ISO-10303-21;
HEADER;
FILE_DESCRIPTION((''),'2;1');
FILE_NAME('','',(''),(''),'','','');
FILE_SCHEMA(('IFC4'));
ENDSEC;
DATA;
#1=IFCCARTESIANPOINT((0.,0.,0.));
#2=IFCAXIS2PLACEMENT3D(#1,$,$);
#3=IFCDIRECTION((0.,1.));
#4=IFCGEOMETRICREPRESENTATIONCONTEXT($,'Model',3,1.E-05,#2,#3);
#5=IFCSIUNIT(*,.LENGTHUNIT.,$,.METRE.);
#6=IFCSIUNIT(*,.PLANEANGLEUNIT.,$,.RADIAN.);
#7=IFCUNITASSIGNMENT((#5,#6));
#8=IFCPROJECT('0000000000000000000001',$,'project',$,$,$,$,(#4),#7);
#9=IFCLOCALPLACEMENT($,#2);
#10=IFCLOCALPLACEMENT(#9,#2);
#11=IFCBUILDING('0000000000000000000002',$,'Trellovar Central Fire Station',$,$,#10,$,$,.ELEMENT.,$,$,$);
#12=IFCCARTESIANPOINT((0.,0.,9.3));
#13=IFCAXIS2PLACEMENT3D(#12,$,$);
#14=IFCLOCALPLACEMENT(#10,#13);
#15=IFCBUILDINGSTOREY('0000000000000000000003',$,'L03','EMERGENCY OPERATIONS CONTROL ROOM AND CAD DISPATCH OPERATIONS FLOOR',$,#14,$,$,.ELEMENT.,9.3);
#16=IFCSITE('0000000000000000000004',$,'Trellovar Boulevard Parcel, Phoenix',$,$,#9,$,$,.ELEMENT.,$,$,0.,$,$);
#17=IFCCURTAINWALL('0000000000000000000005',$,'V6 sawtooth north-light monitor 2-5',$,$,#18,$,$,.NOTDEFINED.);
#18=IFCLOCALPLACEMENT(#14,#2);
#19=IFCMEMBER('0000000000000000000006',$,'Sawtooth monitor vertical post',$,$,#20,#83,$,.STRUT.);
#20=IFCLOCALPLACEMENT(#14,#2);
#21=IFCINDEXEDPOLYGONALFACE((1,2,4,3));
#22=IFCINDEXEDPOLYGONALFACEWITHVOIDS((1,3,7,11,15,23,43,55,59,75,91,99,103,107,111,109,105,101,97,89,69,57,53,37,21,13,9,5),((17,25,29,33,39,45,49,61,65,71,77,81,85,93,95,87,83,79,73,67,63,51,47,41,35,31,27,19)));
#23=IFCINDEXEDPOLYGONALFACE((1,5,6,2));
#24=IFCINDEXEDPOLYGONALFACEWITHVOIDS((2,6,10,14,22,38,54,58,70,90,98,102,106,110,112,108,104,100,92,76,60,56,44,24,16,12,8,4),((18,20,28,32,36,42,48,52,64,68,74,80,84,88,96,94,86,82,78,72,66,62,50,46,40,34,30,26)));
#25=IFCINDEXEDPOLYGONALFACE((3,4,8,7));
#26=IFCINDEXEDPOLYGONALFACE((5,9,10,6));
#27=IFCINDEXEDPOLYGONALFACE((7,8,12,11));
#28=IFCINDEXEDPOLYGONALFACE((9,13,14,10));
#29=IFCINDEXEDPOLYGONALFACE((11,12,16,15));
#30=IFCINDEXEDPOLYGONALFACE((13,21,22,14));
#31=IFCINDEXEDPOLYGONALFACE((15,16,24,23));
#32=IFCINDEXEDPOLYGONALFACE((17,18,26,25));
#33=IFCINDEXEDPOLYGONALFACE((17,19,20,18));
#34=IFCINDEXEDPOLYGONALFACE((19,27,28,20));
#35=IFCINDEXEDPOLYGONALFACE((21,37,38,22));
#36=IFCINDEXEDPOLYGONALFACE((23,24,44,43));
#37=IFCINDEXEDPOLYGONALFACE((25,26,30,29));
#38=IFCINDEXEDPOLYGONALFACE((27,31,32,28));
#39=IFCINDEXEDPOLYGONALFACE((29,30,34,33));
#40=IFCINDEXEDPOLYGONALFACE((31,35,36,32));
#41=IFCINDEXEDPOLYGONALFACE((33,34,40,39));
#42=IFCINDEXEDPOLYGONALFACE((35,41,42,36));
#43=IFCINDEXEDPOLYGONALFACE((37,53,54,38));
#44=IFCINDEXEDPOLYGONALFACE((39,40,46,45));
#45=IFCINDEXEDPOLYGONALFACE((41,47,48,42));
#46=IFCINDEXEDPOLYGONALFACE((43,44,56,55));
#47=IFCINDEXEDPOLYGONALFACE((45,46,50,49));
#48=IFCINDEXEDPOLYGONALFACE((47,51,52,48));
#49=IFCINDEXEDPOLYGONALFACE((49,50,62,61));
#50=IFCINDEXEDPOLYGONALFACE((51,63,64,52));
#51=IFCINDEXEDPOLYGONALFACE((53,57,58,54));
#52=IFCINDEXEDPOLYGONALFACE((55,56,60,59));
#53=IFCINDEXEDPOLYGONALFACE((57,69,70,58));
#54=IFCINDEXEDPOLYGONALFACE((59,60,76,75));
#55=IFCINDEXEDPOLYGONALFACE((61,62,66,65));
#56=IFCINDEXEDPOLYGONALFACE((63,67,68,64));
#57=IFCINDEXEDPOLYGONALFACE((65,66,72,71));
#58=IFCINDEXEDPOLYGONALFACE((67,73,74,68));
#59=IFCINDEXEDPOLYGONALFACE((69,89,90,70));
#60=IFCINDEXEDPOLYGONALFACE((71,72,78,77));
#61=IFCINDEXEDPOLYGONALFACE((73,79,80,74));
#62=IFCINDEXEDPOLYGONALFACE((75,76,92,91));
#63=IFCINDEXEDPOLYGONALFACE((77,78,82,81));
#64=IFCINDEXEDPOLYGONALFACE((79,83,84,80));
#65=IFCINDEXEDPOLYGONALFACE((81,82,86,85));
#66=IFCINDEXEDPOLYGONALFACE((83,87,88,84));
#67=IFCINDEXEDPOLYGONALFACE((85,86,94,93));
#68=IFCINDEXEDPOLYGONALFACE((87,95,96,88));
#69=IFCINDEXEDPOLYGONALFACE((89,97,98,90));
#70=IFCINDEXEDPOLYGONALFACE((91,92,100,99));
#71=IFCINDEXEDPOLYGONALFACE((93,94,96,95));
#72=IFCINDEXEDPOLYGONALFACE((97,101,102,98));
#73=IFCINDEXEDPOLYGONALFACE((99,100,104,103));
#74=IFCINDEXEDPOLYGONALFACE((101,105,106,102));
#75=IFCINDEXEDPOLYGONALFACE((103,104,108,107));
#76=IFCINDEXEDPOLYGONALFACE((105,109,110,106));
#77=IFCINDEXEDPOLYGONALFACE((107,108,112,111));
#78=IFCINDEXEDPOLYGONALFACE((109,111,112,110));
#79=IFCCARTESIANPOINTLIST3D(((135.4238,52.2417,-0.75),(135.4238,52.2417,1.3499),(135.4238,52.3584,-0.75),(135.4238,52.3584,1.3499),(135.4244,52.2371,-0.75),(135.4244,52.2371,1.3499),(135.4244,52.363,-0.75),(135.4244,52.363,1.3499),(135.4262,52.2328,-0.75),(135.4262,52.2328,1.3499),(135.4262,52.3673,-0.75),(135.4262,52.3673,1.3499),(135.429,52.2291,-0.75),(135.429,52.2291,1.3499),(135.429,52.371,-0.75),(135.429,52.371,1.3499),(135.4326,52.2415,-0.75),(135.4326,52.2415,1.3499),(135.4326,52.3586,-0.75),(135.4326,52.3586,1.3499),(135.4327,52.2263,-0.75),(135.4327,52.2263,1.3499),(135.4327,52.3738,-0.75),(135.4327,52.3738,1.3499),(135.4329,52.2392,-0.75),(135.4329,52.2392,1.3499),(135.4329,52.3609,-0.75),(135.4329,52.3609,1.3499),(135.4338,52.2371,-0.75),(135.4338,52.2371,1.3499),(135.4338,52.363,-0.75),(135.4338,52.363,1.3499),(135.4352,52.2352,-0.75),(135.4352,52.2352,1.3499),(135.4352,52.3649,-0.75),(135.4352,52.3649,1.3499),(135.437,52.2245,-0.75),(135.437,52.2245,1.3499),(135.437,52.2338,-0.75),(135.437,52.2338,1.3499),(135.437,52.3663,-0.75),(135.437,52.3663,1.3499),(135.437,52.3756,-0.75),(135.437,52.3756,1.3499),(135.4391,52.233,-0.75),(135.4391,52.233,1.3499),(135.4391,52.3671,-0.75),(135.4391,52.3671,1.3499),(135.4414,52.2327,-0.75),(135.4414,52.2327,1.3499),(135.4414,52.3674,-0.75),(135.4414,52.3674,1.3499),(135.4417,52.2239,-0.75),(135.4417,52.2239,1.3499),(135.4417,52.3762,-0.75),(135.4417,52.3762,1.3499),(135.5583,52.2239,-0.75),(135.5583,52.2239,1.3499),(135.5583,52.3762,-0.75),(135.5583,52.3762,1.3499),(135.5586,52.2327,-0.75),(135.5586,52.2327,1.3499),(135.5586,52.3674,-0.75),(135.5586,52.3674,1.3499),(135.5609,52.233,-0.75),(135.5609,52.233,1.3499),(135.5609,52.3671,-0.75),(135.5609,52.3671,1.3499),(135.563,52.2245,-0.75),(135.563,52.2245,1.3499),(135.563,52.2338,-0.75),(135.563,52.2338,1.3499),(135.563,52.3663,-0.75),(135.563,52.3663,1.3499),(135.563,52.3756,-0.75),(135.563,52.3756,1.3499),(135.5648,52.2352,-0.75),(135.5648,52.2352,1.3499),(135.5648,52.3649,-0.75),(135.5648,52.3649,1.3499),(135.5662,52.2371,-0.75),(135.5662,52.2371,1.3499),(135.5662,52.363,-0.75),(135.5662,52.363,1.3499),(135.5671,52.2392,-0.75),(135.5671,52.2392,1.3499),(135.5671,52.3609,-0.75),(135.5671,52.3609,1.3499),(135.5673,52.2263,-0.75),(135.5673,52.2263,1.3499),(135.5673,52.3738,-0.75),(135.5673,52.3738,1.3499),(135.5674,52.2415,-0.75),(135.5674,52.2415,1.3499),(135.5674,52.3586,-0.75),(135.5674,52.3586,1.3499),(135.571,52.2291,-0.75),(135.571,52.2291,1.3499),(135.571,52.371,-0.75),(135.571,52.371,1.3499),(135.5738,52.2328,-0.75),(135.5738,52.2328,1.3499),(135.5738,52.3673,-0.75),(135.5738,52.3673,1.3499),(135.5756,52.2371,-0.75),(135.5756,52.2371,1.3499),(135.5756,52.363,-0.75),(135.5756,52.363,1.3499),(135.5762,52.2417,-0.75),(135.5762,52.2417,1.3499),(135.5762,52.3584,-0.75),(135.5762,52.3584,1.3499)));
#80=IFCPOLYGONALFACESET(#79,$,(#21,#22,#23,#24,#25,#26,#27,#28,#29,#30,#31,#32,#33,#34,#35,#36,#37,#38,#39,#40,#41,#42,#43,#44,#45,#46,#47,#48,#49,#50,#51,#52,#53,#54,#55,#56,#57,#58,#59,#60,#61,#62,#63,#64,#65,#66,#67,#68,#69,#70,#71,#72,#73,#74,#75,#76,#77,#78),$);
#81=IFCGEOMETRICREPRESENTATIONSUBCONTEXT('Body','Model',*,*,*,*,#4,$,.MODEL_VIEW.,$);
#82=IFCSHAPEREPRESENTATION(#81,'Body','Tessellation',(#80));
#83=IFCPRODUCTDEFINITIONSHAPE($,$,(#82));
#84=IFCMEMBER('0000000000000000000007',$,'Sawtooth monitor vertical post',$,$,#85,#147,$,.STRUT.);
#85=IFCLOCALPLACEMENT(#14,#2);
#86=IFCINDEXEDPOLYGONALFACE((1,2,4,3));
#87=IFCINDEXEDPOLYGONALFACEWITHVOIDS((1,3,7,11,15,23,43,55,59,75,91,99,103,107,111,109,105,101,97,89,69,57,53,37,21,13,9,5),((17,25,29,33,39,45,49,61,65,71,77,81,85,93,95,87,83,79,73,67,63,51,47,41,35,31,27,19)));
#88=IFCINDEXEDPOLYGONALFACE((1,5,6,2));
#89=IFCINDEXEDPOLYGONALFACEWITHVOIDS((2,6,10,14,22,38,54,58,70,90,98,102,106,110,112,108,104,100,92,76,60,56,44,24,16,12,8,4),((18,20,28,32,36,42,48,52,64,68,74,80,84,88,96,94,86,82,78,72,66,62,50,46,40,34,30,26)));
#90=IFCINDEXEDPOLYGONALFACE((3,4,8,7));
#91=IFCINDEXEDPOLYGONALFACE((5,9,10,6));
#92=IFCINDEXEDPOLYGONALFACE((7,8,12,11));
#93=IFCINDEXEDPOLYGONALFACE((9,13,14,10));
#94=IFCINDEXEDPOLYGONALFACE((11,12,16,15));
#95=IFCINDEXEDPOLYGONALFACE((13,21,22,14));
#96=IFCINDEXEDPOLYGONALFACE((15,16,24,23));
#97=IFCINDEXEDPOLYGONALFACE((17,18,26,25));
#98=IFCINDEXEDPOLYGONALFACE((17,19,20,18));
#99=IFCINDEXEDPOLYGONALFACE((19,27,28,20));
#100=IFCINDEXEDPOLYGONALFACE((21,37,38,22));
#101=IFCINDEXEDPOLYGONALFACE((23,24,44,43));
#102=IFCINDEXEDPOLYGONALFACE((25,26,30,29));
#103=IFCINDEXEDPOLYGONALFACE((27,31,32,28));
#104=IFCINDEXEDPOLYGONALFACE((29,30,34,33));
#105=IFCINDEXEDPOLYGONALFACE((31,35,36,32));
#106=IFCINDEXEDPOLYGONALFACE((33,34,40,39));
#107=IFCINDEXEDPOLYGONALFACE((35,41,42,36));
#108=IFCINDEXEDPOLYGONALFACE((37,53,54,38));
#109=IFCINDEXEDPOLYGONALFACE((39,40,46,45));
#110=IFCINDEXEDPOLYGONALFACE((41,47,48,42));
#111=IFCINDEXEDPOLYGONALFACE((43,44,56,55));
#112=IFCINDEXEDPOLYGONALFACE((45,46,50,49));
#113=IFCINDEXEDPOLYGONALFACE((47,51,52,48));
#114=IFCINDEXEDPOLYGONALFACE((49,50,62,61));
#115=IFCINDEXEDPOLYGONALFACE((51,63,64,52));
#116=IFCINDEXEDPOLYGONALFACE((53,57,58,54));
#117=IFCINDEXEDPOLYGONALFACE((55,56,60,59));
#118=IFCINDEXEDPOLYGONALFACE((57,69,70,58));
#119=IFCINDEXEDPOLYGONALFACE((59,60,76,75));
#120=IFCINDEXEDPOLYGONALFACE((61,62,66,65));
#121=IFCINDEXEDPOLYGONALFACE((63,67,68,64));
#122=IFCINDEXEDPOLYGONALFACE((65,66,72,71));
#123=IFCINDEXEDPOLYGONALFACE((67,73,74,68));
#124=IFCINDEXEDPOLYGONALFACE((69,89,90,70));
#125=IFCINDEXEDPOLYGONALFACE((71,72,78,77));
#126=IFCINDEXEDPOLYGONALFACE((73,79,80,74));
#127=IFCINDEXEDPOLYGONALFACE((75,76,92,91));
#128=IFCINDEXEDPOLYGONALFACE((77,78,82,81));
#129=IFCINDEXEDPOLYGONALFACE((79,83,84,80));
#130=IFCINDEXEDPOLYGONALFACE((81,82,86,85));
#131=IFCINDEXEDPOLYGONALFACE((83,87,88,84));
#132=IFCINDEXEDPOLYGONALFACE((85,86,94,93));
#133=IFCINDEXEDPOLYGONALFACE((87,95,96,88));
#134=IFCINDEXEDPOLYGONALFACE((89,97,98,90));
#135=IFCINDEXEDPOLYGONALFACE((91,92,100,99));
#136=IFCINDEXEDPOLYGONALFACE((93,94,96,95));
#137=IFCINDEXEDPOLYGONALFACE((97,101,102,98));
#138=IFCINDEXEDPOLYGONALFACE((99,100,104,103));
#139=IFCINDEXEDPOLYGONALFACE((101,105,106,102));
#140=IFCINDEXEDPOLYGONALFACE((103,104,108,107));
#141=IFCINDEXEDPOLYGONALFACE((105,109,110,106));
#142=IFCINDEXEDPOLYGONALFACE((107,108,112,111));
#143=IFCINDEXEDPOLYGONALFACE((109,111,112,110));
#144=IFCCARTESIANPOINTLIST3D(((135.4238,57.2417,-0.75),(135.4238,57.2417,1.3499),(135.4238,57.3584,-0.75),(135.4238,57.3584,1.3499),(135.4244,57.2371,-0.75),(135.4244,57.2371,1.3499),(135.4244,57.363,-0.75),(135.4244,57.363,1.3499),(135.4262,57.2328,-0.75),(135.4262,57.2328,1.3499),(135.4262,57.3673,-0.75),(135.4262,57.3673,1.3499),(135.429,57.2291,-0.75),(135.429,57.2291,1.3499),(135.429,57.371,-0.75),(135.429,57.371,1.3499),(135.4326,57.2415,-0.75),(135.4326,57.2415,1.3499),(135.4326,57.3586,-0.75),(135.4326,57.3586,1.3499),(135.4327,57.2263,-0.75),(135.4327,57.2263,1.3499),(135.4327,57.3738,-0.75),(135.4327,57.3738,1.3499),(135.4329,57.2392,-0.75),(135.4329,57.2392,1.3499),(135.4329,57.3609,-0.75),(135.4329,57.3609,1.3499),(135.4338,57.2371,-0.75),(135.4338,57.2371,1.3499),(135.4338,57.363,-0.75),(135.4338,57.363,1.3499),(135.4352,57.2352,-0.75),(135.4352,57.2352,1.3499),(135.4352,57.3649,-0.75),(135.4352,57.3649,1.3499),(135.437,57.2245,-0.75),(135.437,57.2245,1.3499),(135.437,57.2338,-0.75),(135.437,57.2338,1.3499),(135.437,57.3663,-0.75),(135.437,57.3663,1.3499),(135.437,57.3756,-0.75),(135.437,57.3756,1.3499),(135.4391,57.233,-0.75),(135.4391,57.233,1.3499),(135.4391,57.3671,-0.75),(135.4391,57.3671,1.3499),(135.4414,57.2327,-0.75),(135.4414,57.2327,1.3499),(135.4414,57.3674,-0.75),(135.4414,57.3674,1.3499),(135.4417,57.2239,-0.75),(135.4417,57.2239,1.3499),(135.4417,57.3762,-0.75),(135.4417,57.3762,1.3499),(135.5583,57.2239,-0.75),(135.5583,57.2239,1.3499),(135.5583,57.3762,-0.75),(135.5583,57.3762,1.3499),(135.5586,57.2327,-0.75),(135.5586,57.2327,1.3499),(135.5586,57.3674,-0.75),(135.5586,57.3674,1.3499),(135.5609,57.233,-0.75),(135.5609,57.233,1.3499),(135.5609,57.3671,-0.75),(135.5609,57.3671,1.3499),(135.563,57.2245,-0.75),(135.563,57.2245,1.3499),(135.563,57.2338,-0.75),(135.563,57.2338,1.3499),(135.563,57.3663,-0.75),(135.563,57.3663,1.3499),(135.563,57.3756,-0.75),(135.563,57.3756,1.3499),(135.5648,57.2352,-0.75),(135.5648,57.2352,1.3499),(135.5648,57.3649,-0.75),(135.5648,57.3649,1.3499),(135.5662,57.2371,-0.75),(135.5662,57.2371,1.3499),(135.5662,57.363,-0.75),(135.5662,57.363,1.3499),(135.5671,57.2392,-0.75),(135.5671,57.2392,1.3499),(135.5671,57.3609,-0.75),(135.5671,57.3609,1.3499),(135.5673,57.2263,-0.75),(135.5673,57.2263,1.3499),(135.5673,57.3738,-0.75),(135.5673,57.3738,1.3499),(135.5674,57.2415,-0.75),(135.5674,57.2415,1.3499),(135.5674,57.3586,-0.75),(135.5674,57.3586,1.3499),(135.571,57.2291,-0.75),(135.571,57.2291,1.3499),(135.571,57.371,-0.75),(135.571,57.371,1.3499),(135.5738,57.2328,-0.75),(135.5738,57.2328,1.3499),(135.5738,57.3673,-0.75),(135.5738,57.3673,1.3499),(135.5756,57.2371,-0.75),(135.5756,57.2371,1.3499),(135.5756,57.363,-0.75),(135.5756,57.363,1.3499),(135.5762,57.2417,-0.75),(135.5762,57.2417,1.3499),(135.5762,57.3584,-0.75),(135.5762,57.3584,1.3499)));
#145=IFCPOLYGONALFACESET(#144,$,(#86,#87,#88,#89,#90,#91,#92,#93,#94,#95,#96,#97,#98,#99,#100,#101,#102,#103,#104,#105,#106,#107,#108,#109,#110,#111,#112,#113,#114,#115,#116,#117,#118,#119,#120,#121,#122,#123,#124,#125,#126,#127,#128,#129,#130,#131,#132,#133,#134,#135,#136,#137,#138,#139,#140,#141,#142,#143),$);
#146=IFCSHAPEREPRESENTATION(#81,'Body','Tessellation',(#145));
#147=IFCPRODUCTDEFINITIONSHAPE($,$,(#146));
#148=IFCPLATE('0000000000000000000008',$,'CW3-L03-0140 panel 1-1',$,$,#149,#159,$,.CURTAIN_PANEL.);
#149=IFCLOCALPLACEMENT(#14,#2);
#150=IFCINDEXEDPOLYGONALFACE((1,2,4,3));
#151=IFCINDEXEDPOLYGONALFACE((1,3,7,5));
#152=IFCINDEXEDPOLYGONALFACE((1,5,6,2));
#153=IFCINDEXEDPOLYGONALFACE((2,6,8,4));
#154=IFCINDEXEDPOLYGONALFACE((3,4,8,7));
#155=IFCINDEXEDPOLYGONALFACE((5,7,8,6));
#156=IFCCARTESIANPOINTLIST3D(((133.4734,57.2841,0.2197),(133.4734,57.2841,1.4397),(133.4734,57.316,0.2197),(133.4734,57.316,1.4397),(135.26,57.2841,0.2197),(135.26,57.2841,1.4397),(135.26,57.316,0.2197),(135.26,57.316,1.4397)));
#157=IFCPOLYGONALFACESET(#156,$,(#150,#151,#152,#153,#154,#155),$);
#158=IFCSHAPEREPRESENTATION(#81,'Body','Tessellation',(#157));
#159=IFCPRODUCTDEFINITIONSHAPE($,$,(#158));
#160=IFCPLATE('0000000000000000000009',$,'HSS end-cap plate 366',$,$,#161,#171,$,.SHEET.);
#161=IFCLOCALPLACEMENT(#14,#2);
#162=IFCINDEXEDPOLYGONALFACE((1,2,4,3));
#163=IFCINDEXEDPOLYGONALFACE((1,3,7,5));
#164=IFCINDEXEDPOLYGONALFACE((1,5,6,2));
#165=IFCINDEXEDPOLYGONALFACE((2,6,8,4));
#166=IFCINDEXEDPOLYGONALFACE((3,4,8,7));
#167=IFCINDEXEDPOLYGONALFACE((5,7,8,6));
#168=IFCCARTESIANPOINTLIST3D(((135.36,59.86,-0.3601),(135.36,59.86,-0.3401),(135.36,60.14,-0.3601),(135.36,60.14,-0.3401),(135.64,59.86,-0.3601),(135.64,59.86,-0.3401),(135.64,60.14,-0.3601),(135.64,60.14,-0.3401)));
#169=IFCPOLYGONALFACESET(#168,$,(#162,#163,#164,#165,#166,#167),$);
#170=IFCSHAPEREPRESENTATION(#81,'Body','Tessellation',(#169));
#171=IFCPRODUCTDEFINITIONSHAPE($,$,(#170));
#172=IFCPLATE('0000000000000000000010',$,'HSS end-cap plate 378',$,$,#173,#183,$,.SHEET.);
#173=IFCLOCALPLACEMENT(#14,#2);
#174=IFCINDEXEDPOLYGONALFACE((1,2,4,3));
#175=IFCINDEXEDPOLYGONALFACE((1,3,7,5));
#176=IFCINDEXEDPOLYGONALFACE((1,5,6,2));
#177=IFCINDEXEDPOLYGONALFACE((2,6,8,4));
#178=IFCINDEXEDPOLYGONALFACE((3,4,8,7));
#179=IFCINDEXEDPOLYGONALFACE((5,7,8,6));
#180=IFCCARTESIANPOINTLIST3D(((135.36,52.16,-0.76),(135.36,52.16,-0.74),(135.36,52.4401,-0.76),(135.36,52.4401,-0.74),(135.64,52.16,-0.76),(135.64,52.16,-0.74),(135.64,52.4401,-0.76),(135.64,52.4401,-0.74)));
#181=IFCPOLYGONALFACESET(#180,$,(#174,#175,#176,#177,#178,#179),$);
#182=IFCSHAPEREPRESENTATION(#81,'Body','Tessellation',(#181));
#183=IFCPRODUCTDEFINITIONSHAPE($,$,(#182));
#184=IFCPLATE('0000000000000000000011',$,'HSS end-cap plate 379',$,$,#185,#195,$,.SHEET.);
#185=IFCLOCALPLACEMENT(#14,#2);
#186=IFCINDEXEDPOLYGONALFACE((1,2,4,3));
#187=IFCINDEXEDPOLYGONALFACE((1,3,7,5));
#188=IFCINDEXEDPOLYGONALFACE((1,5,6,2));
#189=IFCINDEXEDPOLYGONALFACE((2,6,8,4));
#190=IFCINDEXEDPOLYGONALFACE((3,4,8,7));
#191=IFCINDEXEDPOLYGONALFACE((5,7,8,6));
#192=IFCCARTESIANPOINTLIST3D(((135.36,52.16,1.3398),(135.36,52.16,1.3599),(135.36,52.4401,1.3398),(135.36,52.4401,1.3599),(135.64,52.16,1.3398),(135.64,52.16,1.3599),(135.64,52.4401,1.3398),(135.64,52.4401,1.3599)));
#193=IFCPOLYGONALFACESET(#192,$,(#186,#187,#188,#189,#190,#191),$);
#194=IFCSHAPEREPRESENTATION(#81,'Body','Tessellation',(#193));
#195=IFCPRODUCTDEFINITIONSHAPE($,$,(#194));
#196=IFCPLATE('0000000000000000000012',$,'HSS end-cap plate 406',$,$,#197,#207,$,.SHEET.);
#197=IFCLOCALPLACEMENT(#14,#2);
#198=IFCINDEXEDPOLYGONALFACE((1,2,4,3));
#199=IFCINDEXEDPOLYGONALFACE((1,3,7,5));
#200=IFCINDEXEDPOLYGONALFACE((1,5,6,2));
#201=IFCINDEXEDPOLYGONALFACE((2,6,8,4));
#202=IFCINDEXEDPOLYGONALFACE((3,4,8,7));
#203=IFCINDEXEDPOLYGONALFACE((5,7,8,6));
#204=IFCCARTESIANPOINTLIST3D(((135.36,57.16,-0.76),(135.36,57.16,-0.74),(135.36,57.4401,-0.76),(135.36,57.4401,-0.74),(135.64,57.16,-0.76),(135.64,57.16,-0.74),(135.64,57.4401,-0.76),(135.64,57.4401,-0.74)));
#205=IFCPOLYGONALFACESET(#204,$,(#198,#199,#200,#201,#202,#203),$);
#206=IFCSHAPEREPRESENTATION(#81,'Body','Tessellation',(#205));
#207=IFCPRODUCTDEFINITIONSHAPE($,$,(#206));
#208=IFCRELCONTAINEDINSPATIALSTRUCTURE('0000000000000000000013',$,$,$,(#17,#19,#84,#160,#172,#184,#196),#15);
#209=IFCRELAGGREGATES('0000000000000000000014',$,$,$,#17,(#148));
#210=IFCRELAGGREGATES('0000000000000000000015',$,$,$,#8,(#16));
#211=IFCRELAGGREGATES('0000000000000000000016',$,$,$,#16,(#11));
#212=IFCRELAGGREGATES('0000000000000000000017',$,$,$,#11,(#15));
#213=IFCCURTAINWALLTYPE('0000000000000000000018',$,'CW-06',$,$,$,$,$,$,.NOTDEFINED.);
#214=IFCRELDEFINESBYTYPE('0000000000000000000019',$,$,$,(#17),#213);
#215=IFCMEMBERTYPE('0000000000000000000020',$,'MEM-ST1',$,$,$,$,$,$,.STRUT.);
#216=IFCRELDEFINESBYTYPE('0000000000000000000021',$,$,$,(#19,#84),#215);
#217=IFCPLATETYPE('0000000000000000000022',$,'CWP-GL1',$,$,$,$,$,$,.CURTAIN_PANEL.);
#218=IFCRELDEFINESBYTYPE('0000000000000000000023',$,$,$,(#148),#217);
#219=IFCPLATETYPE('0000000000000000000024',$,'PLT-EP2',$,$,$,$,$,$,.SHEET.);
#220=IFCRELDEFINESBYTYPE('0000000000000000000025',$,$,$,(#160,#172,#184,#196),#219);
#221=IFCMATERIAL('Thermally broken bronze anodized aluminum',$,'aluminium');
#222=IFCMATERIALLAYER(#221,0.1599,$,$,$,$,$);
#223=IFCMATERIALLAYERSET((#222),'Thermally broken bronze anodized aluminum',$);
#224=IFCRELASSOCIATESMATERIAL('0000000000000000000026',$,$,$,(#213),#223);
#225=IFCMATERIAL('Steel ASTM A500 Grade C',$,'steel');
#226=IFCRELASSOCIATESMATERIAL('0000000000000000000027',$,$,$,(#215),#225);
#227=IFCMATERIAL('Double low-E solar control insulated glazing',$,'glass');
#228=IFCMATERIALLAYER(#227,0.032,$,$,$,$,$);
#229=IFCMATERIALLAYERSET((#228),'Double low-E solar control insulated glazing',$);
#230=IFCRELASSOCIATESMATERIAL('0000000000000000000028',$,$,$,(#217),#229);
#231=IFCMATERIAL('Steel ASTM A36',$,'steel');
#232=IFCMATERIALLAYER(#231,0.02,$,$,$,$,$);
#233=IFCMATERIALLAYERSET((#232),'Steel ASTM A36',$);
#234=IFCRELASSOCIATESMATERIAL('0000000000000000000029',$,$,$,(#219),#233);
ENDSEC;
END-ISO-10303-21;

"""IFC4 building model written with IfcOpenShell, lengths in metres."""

from ifc_helpers import new_model, si_unit, direction, frame, origin, origin_2d, place, context, subcontext, project, spatial, rectangle, hollow_rectangle, extrude, material, layer, layer_set, material_profile, profile_set, type_object, element, aggregate, save


model = new_model("IFC4")

# Units and contexts
model_context = context("Model", 3, precision=1e-05, world=origin(), true_north=direction((0.0, 1.0)))
body_context = subcontext(model_context, "Body", "Model", "MODEL_VIEW")
ifc_project = project(units=[si_unit("LENGTHUNIT", "METRE"), si_unit("PLANEANGLEUNIT", "RADIAN")], contexts=[model_context])

# Site, building, storey
site_placement = place(None, origin())
site = spatial("IfcSite", under=ifc_project, at=site_placement, Name="Trellovar Boulevard Parcel, Phoenix", CompositionType="ELEMENT", RefElevation=0.0)
building_placement = place(site_placement, origin())
building = spatial("IfcBuilding", under=site, at=building_placement, Name="Trellovar Central Fire Station", CompositionType="ELEMENT")
storey_placement = place(building_placement, frame((0.0, 0.0, 9.3)))
storey = spatial("IfcBuildingStorey", under=building, at=storey_placement, Name="L03", Description="EMERGENCY OPERATIONS CONTROL ROOM AND CAD DISPATCH OPERATIONS FLOOR", CompositionType="ELEMENT", Elevation=9.3)

# Curtain wall
ifc_material_1 = material(Name="Thermally broken bronze anodized aluminum", Category="aluminium")
ifc_layer_1 = layer(ifc_material_1, 0.1599)
ifc_layer_set_1 = layer_set([ifc_layer_1], Name="Thermally broken bronze anodized aluminum")
curtain_wall_type_1 = type_object("IfcCurtainWallType", Name="CW-06", PredefinedType="NOTDEFINED", material=ifc_layer_set_1)
curtain_wall_1_placement = place(storey_placement, origin())
curtain_wall_1 = element("IfcCurtainWall", 1, at=curtain_wall_1_placement, inside=storey, type_object=curtain_wall_type_1, Name="V6 sawtooth north-light monitor 2-5", PredefinedType="NOTDEFINED")

# Members
ifc_material_2 = material(Name="Steel ASTM A500 Grade C", Category="steel")
ifc_material_profile_1 = material_profile(ifc_material_2, hollow_rectangle(XDim=0.1523, YDim=0.1523, WallThickness=0.0088, InnerFilletRadius=0.0088, OuterFilletRadius=0.0178, at=origin_2d()), Name="HSS6X6X3/8")
ifc_profile_set_1 = profile_set([ifc_material_profile_1], Name="Steel ASTM A500 Grade C")
member_type_1 = type_object("IfcMemberType", Name="MEM-ST1", PredefinedType="STRUT", material=ifc_profile_set_1)
for number, where, z_axis, x_axis, name in (
    (2, (135.5, 52.3, -0.75), (0.0, 0.0, 1.0), (1.0, 0.0, 0.0), "Sawtooth monitor vertical post"),
    (3, (135.5, 57.3, -0.75), (0.0, 0.0, 1.0), (1.0, 0.0, 0.0), "Sawtooth monitor vertical post"),
):
    element("IfcMember", number, at=place(storey_placement, frame(where, z_axis=z_axis, x_axis=x_axis)), inside=storey, type_object=member_type_1, Name=name, PredefinedType="STRUT", context=body_context, shape_type="SweptSolid", body=[
        extrude(hollow_rectangle(XDim=0.1523, YDim=0.1523, WallThickness=0.0088, InnerFilletRadius=0.0088, OuterFilletRadius=0.0178, at=origin_2d()), origin(), (0.0, 0.0, 1.0), 2.0999),
    ])

# Plate
ifc_material_3 = material(Name="Double low-E solar control insulated glazing", Category="glass")
ifc_layer_2 = layer(ifc_material_3, 0.032)
ifc_layer_set_2 = layer_set([ifc_layer_2], Name="Double low-E solar control insulated glazing")
plate_type_1 = type_object("IfcPlateType", Name="CWP-GL1", PredefinedType="CURTAIN_PANEL", material=ifc_layer_set_2)
plate_1_placement = place(storey_placement, frame((134.3667, 57.3, 0.2197), z_axis=(0.0, 0.0, 1.0), x_axis=(-1.0, 0.0, 0.0)))
plate_1 = element("IfcPlate", 4, at=plate_1_placement, type_object=plate_type_1, Name="CW3-L03-0140 panel 1-1", PredefinedType="CURTAIN_PANEL", context=body_context, shape_type="SweptSolid", body=[
    extrude(rectangle(XDim=1.7866, YDim=0.032, at=origin_2d()), origin(), (0.0, 0.0, 1.0), 1.22),
])
aggregate(curtain_wall_1, [plate_1])

# Plates
ifc_material_4 = material(Name="Steel ASTM A36", Category="steel")
ifc_layer_3 = layer(ifc_material_4, 0.02)
ifc_layer_set_3 = layer_set([ifc_layer_3], Name="Steel ASTM A36")
plate_type_2 = type_object("IfcPlateType", Name="PLT-EP2", PredefinedType="SHEET", material=ifc_layer_set_3)
for number, where, z_axis, x_axis, name in (
    (5, (135.5, 60.0, -0.3601), (0.0, 0.0, 1.0), (1.0, 0.0, 0.0), "HSS end-cap plate 366"),
    (6, (135.5, 52.3, -0.76), (0.0, 0.0, 1.0), (1.0, 0.0, 0.0), "HSS end-cap plate 378"),
    (7, (135.5, 52.3, 1.3398), (0.0, 0.0, 1.0), (1.0, 0.0, 0.0), "HSS end-cap plate 379"),
    (8, (135.5, 57.3, -0.76), (0.0, 0.0, 1.0), (1.0, 0.0, 0.0), "HSS end-cap plate 406"),
):
    element("IfcPlate", number, at=place(storey_placement, frame(where, z_axis=z_axis, x_axis=x_axis)), inside=storey, type_object=plate_type_2, Name=name, PredefinedType="SHEET", context=body_context, shape_type="SweptSolid", body=[
        extrude(rectangle(XDim=0.28, YDim=0.28, at=origin_2d()), origin(), (0.0, 0.0, 1.0), 0.02),
    ])

save(model, "model.ifc")
